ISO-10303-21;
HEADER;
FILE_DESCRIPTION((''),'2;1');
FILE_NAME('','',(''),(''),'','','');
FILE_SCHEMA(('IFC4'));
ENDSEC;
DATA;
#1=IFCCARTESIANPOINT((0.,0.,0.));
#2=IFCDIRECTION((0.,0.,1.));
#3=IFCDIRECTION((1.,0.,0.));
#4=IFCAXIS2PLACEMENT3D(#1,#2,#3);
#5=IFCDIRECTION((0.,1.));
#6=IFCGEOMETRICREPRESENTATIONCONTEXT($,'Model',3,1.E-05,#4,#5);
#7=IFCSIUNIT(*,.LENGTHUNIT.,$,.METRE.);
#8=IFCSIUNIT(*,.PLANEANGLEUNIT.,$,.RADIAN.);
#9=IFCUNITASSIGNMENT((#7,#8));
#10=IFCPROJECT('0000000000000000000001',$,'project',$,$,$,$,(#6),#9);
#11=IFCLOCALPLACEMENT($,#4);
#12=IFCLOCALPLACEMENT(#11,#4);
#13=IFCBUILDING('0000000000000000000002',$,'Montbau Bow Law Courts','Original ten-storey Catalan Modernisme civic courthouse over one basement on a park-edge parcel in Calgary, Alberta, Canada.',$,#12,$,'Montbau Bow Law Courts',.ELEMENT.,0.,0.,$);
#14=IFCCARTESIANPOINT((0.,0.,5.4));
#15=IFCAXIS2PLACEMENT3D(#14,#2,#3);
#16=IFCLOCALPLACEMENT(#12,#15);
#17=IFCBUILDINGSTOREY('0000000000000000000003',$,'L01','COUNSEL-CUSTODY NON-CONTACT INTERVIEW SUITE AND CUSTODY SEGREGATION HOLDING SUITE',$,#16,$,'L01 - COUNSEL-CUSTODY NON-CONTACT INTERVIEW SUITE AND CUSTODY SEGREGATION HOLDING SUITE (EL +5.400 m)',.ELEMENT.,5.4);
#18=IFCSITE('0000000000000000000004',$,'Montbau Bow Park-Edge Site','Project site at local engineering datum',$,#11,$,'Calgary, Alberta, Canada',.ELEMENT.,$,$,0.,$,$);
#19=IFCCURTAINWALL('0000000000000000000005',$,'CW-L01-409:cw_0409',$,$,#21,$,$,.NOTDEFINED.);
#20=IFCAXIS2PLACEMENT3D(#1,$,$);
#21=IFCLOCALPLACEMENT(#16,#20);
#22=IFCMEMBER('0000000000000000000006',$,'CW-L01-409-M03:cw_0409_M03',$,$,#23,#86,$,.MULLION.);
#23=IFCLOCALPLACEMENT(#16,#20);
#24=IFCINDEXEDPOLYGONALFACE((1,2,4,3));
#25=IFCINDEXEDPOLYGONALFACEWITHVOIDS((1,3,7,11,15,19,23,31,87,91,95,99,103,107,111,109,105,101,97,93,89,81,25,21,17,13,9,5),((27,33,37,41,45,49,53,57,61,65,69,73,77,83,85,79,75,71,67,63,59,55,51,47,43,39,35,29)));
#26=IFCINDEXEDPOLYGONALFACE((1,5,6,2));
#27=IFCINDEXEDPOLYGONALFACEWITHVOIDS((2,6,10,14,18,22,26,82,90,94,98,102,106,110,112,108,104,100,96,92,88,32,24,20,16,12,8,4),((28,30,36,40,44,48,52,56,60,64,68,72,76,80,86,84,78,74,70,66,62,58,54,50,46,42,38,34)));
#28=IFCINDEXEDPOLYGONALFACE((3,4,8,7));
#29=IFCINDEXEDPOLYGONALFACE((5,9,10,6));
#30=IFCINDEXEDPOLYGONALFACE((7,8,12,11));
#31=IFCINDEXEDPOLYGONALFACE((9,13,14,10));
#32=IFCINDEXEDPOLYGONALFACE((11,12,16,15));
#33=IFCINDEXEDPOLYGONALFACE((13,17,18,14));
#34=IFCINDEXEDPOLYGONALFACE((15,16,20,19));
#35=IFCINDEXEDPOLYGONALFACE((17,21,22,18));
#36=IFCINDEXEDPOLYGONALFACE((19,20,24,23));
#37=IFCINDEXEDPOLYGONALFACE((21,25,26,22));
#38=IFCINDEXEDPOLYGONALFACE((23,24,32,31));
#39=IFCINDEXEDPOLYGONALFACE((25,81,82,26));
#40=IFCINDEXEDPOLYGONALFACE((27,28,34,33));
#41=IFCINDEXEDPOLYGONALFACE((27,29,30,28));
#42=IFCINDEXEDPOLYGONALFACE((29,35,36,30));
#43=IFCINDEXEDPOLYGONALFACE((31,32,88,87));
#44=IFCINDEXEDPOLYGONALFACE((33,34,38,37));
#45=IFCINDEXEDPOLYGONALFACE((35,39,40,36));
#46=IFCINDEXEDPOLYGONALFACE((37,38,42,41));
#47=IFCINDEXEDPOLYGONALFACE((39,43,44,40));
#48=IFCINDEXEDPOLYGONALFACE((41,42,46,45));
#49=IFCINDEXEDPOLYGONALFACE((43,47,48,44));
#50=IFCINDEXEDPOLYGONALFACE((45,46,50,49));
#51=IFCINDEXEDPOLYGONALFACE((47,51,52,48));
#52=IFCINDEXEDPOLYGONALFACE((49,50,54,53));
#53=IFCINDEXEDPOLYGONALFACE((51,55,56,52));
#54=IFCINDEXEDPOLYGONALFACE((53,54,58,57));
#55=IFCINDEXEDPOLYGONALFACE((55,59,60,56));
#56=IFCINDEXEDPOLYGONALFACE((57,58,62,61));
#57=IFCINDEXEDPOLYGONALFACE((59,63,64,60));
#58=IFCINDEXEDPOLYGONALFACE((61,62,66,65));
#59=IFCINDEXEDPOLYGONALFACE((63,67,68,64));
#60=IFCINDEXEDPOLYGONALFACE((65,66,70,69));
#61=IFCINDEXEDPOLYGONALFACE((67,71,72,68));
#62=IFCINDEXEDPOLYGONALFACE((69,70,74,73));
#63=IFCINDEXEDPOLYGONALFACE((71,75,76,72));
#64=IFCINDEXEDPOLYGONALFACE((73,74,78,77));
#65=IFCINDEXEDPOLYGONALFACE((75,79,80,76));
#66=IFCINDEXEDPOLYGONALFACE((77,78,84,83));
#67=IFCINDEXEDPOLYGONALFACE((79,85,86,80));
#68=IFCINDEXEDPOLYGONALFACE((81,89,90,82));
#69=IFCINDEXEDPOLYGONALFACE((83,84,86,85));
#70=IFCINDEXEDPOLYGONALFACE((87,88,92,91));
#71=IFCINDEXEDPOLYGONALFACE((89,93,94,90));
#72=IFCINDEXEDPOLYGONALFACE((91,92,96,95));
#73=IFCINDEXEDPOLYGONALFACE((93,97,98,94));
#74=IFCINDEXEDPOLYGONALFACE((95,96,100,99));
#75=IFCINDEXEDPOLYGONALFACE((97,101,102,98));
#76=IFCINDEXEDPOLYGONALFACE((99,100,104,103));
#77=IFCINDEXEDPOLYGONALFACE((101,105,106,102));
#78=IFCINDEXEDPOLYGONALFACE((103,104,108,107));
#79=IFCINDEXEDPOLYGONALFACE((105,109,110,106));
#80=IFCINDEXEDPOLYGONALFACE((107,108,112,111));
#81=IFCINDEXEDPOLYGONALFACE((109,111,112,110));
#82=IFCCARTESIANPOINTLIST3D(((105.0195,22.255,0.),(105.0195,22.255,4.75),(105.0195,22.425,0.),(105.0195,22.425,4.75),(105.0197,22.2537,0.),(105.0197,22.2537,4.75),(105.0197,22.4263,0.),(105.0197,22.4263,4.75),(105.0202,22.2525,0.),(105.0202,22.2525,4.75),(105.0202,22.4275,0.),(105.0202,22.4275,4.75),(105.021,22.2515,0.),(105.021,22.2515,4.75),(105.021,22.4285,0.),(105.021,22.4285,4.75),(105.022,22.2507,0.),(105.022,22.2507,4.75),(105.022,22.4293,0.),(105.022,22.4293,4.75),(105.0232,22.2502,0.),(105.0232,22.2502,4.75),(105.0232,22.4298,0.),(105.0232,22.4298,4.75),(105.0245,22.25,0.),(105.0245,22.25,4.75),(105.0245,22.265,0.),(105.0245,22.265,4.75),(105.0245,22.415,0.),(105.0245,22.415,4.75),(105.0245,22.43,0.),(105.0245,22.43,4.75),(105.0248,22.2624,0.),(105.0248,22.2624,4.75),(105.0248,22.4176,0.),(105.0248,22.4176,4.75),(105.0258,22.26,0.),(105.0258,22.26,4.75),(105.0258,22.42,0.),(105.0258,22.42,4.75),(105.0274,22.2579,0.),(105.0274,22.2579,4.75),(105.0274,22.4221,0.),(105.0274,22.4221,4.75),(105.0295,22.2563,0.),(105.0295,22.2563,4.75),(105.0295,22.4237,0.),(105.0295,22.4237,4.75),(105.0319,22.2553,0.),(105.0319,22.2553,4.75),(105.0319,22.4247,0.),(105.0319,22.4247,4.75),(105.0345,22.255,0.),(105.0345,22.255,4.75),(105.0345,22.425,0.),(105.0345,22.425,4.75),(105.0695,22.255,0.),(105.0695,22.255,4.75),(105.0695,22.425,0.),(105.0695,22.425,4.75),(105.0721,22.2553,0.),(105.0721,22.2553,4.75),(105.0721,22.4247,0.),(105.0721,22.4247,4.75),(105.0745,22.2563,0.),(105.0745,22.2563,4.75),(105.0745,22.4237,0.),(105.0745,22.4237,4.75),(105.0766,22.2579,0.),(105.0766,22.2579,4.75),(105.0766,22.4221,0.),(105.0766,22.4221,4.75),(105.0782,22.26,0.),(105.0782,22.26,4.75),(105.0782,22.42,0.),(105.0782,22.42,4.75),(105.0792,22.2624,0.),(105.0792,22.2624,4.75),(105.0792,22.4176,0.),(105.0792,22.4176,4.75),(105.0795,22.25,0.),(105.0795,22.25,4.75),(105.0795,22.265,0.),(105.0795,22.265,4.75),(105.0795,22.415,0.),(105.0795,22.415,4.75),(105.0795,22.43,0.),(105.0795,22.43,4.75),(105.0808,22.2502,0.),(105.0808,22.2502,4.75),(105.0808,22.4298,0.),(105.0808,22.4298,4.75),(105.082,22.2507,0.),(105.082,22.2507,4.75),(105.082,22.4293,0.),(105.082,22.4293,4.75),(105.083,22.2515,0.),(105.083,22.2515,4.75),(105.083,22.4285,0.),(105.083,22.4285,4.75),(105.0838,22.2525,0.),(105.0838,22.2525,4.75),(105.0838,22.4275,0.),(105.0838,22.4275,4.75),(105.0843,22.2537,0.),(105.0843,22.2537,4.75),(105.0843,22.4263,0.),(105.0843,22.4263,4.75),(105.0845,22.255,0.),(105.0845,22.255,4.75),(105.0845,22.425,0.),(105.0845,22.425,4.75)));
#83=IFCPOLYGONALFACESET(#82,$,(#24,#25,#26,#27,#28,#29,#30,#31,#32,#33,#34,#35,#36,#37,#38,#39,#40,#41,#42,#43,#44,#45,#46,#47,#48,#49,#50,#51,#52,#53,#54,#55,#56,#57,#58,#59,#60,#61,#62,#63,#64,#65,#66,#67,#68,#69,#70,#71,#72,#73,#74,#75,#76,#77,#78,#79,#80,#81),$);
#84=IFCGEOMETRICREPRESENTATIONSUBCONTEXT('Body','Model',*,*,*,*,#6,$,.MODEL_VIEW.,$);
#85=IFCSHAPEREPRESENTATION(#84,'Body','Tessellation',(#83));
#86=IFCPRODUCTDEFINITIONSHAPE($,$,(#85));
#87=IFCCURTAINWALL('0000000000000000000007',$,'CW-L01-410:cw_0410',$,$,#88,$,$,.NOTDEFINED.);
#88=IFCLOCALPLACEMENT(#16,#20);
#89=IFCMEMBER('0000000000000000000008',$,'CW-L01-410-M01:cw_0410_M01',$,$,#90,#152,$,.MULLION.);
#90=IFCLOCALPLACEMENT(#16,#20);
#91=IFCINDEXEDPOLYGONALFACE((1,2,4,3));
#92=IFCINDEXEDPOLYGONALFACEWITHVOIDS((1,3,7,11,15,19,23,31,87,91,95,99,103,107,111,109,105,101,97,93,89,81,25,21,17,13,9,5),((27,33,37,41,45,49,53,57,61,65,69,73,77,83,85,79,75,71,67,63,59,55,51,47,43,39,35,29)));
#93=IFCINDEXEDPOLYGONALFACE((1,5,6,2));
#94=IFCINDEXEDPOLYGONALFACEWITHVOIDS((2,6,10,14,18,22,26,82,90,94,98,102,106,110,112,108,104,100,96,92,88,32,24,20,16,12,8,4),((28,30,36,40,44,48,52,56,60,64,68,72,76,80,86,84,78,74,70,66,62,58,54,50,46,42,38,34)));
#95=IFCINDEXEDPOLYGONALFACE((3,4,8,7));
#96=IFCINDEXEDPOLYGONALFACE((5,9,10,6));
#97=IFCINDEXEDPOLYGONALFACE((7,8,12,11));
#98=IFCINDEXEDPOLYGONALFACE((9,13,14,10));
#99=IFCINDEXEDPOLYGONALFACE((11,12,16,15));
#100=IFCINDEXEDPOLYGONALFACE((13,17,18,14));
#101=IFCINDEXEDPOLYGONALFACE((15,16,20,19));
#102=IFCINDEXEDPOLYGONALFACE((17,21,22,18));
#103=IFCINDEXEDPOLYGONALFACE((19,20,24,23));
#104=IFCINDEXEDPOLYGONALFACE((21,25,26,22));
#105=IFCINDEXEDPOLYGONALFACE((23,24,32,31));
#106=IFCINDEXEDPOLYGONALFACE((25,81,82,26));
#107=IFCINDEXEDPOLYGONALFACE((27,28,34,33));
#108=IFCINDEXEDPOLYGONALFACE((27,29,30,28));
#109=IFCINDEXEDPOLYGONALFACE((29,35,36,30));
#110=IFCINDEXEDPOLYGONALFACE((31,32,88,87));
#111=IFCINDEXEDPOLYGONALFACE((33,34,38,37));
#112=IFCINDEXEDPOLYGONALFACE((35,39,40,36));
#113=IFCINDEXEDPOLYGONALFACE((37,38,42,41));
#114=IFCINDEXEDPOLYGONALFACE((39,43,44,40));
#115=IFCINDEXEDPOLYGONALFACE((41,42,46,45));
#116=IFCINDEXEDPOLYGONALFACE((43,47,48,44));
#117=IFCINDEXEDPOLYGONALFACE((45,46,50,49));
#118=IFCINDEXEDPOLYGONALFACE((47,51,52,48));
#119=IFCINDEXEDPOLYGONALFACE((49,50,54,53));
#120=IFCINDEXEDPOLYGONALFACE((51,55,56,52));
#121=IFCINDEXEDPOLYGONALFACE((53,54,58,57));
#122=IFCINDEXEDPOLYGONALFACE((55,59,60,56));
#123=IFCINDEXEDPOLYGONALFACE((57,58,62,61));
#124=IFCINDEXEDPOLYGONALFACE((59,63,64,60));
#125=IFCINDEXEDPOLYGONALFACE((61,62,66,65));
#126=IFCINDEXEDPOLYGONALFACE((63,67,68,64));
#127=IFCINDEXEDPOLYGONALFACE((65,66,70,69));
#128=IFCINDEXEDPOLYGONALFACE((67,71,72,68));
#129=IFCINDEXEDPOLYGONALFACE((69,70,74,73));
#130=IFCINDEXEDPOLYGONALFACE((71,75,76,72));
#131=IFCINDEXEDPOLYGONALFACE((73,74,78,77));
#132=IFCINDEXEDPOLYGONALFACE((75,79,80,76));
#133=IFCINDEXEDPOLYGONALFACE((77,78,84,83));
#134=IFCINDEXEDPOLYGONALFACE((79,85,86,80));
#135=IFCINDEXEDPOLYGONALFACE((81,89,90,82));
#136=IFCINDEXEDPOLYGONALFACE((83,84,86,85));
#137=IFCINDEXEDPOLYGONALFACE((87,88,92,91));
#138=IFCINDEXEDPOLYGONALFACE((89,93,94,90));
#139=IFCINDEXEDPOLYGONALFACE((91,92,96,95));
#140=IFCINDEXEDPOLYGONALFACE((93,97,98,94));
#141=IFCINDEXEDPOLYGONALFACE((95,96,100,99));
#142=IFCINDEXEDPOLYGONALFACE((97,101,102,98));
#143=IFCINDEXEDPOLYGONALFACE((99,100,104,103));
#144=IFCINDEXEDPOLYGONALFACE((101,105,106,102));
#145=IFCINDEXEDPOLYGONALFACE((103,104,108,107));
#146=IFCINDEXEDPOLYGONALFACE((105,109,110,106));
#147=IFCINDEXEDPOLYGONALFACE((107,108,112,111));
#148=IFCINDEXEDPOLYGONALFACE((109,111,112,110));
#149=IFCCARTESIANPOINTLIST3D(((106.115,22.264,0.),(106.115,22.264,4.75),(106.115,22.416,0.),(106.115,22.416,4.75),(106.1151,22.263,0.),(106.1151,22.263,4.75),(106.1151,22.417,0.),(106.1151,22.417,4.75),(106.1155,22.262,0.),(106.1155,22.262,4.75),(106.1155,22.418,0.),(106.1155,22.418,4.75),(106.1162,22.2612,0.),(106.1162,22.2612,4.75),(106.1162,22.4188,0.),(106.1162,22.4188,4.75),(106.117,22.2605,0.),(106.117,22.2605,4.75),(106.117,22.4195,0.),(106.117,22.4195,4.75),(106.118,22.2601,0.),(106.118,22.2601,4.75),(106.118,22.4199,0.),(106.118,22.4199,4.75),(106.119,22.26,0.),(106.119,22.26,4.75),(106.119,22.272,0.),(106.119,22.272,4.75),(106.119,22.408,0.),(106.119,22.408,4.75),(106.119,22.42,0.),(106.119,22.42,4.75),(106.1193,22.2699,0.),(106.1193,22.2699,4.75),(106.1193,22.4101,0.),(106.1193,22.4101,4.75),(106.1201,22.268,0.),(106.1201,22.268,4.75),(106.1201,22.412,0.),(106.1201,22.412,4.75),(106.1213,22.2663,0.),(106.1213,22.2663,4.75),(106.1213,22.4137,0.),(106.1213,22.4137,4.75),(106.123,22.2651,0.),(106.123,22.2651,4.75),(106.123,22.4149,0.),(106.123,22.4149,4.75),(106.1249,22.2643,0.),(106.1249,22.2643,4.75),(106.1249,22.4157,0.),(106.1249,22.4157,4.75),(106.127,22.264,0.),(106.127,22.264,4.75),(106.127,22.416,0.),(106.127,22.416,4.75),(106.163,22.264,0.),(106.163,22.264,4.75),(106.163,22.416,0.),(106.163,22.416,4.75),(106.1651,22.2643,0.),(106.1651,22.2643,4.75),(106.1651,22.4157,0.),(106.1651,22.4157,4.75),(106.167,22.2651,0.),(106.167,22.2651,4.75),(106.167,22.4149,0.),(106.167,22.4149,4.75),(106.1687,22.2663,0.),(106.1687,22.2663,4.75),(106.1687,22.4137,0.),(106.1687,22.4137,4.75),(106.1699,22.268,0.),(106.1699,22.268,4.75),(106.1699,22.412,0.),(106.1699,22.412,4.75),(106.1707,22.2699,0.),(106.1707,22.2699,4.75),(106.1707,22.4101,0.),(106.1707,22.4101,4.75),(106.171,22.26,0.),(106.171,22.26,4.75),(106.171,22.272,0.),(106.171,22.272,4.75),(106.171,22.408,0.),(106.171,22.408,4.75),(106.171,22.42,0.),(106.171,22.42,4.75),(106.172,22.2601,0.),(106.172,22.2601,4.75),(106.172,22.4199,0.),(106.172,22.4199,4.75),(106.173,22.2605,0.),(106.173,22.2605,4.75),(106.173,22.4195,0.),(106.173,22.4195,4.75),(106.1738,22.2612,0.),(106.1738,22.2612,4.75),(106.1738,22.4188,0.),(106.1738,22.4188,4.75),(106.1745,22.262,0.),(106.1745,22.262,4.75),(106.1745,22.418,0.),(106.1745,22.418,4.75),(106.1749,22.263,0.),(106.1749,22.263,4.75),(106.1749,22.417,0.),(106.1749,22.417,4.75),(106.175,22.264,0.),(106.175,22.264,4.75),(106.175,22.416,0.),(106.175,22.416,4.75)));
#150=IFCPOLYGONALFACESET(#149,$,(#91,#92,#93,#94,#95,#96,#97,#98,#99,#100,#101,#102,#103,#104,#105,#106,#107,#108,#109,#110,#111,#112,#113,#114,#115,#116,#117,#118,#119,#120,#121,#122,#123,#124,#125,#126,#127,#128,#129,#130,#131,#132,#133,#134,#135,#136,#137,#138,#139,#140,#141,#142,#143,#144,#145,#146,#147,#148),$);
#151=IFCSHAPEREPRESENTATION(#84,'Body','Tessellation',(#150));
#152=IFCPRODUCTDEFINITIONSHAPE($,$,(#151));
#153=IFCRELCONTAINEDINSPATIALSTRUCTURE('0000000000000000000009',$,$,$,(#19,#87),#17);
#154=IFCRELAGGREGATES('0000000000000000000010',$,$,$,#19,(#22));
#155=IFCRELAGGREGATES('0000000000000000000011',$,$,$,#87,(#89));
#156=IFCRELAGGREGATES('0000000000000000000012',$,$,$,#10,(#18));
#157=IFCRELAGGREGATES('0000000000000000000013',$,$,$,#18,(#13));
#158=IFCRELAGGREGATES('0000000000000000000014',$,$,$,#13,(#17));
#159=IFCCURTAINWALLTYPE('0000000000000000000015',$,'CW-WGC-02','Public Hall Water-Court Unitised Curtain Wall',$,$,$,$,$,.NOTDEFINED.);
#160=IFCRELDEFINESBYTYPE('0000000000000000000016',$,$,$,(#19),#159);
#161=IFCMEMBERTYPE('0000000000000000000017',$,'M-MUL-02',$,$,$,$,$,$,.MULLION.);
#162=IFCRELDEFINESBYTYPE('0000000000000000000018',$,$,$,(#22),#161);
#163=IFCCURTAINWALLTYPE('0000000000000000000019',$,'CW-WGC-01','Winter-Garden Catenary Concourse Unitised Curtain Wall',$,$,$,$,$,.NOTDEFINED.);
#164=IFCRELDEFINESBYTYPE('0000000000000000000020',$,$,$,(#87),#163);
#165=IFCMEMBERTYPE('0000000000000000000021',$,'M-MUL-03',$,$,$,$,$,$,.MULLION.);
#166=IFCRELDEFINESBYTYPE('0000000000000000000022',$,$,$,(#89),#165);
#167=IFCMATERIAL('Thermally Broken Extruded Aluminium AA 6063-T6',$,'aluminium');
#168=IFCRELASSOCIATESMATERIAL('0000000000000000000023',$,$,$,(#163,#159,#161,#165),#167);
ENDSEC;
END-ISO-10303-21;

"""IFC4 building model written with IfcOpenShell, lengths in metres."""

from ifc_helpers import new_model, si_unit, direction, frame, origin_with_axes, origin_2d_with_axis, place, context, subcontext, project, spatial, hollow_rectangle, extrude, material, material_profile, profile_set, type_object, element, aggregate, save


model = new_model("IFC4")

# Units and contexts
model_context = context("Model", 3, precision=1e-05, world=origin_with_axes(), true_north=direction((0.0, 1.0)))
body_context = subcontext(model_context, "Body", "Model", "MODEL_VIEW")
ifc_project = project(units=[si_unit("LENGTHUNIT", "METRE"), si_unit("PLANEANGLEUNIT", "RADIAN")], contexts=[model_context])

# Site, building, storey
site_placement = place(None, origin_with_axes())
site = spatial("IfcSite", under=ifc_project, at=site_placement, Name="Montbau Bow Park-Edge Site", Description="Project site at local engineering datum", LongName="Calgary, Alberta, Canada", CompositionType="ELEMENT", RefElevation=0.0)
building_placement = place(site_placement, origin_with_axes())
building = spatial("IfcBuilding", under=site, at=building_placement, Name="Montbau Bow Law Courts", Description="Original ten-storey Catalan Modernisme civic courthouse over one basement on a park-edge parcel in Calgary, Alberta, Canada.", LongName="Montbau Bow Law Courts", CompositionType="ELEMENT", ElevationOfRefHeight=0.0, ElevationOfTerrain=0.0)
storey_placement = place(building_placement, frame((0.0, 0.0, 5.4), z_axis=(0.0, 0.0, 1.0), x_axis=(1.0, 0.0, 0.0)))
storey = spatial("IfcBuildingStorey", under=building, at=storey_placement, Name="L01", Description="COUNSEL-CUSTODY NON-CONTACT INTERVIEW SUITE AND CUSTODY SEGREGATION HOLDING SUITE", LongName="L01 - COUNSEL-CUSTODY NON-CONTACT INTERVIEW SUITE AND CUSTODY SEGREGATION HOLDING SUITE (EL +5.400 m)", CompositionType="ELEMENT", Elevation=5.4)

# Shared definitions
ifc_material_1 = material(Name="Thermally Broken Extruded Aluminium AA 6063-T6", Category="aluminium")
curtain_wall_type_1 = type_object("IfcCurtainWallType", Name="CW-WGC-01", Description="Winter-Garden Catenary Concourse Unitised Curtain Wall", PredefinedType="NOTDEFINED", material=ifc_material_1)

# Curtain wall, member
curtain_wall_type_2 = type_object("IfcCurtainWallType", Name="CW-WGC-02", Description="Public Hall Water-Court Unitised Curtain Wall", PredefinedType="NOTDEFINED", material=ifc_material_1)
curtain_wall_1_placement = place(None, frame((101.79, 22.34, 5.4), z_axis=(0.0, 0.0, 1.0), x_axis=(1.0, 0.0, 0.0)))
curtain_wall_1 = element("IfcCurtainWall", 1, at=curtain_wall_1_placement, inside=storey, type_object=curtain_wall_type_2, Name="CW-L01-409:cw_0409", PredefinedType="NOTDEFINED")
ifc_material_profile_1 = material_profile(ifc_material_1, hollow_rectangle(XDim=0.065, YDim=0.18, WallThickness=0.005, InnerFilletRadius=0.01, OuterFilletRadius=0.005, at=origin_2d_with_axis()), Name="CWM-180X65", Category="Main", Priority=0)
ifc_profile_set_1 = profile_set([ifc_material_profile_1], Name="Thermally Broken Extruded Aluminium AA 6063-T6")
member_type_1 = type_object("IfcMemberType", Name="M-MUL-02", PredefinedType="MULLION", material=ifc_profile_set_1)
member_1_placement = place(None, frame((105.052, 22.34, 5.4), z_axis=(0.0, 0.0, 1.0), x_axis=(1.0, 0.0, 0.0)))
member_1 = element("IfcMember", 2, at=member_1_placement, type_object=member_type_1, Name="CW-L01-409-M03:cw_0409_M03", PredefinedType="MULLION", context=body_context, shape_type="SweptSolid", body=[
    extrude(hollow_rectangle(XDim=0.065, YDim=0.18, WallThickness=0.005, InnerFilletRadius=0.01, OuterFilletRadius=0.005, at=origin_2d_with_axis()), origin_with_axes(), (0.0, 0.0, 1.0), 4.75),
])
aggregate(curtain_wall_1, [member_1])

# Curtain wall, member
curtain_wall_2_placement = place(None, frame((106.115, 22.34, 5.4), z_axis=(0.0, 0.0, 1.0), x_axis=(1.0, 0.0, 0.0)))
curtain_wall_2 = element("IfcCurtainWall", 3, at=curtain_wall_2_placement, inside=storey, type_object=curtain_wall_type_1, Name="CW-L01-410:cw_0410", PredefinedType="NOTDEFINED")
ifc_material_profile_2 = material_profile(ifc_material_1, hollow_rectangle(XDim=0.06, YDim=0.16, WallThickness=0.004, InnerFilletRadius=0.008, OuterFilletRadius=0.004, at=origin_2d_with_axis()), Name="CWM-160X60", Category="Main", Priority=0)
ifc_profile_set_2 = profile_set([ifc_material_profile_2], Name="Thermally Broken Extruded Aluminium AA 6063-T6")
member_type_2 = type_object("IfcMemberType", Name="M-MUL-03", PredefinedType="MULLION", material=ifc_profile_set_2)
member_2_placement = place(None, frame((106.145, 22.34, 5.4), z_axis=(0.0, 0.0, 1.0), x_axis=(1.0, 0.0, 0.0)))
member_2 = element("IfcMember", 4, at=member_2_placement, type_object=member_type_2, Name="CW-L01-410-M01:cw_0410_M01", PredefinedType="MULLION", context=body_context, shape_type="SweptSolid", body=[
    extrude(hollow_rectangle(XDim=0.06, YDim=0.16, WallThickness=0.004, InnerFilletRadius=0.008, OuterFilletRadius=0.004, at=origin_2d_with_axis()), origin_with_axes(), (0.0, 0.0, 1.0), 4.75),
])

aggregate(curtain_wall_2, [member_2])

save(model, "model.ifc")
